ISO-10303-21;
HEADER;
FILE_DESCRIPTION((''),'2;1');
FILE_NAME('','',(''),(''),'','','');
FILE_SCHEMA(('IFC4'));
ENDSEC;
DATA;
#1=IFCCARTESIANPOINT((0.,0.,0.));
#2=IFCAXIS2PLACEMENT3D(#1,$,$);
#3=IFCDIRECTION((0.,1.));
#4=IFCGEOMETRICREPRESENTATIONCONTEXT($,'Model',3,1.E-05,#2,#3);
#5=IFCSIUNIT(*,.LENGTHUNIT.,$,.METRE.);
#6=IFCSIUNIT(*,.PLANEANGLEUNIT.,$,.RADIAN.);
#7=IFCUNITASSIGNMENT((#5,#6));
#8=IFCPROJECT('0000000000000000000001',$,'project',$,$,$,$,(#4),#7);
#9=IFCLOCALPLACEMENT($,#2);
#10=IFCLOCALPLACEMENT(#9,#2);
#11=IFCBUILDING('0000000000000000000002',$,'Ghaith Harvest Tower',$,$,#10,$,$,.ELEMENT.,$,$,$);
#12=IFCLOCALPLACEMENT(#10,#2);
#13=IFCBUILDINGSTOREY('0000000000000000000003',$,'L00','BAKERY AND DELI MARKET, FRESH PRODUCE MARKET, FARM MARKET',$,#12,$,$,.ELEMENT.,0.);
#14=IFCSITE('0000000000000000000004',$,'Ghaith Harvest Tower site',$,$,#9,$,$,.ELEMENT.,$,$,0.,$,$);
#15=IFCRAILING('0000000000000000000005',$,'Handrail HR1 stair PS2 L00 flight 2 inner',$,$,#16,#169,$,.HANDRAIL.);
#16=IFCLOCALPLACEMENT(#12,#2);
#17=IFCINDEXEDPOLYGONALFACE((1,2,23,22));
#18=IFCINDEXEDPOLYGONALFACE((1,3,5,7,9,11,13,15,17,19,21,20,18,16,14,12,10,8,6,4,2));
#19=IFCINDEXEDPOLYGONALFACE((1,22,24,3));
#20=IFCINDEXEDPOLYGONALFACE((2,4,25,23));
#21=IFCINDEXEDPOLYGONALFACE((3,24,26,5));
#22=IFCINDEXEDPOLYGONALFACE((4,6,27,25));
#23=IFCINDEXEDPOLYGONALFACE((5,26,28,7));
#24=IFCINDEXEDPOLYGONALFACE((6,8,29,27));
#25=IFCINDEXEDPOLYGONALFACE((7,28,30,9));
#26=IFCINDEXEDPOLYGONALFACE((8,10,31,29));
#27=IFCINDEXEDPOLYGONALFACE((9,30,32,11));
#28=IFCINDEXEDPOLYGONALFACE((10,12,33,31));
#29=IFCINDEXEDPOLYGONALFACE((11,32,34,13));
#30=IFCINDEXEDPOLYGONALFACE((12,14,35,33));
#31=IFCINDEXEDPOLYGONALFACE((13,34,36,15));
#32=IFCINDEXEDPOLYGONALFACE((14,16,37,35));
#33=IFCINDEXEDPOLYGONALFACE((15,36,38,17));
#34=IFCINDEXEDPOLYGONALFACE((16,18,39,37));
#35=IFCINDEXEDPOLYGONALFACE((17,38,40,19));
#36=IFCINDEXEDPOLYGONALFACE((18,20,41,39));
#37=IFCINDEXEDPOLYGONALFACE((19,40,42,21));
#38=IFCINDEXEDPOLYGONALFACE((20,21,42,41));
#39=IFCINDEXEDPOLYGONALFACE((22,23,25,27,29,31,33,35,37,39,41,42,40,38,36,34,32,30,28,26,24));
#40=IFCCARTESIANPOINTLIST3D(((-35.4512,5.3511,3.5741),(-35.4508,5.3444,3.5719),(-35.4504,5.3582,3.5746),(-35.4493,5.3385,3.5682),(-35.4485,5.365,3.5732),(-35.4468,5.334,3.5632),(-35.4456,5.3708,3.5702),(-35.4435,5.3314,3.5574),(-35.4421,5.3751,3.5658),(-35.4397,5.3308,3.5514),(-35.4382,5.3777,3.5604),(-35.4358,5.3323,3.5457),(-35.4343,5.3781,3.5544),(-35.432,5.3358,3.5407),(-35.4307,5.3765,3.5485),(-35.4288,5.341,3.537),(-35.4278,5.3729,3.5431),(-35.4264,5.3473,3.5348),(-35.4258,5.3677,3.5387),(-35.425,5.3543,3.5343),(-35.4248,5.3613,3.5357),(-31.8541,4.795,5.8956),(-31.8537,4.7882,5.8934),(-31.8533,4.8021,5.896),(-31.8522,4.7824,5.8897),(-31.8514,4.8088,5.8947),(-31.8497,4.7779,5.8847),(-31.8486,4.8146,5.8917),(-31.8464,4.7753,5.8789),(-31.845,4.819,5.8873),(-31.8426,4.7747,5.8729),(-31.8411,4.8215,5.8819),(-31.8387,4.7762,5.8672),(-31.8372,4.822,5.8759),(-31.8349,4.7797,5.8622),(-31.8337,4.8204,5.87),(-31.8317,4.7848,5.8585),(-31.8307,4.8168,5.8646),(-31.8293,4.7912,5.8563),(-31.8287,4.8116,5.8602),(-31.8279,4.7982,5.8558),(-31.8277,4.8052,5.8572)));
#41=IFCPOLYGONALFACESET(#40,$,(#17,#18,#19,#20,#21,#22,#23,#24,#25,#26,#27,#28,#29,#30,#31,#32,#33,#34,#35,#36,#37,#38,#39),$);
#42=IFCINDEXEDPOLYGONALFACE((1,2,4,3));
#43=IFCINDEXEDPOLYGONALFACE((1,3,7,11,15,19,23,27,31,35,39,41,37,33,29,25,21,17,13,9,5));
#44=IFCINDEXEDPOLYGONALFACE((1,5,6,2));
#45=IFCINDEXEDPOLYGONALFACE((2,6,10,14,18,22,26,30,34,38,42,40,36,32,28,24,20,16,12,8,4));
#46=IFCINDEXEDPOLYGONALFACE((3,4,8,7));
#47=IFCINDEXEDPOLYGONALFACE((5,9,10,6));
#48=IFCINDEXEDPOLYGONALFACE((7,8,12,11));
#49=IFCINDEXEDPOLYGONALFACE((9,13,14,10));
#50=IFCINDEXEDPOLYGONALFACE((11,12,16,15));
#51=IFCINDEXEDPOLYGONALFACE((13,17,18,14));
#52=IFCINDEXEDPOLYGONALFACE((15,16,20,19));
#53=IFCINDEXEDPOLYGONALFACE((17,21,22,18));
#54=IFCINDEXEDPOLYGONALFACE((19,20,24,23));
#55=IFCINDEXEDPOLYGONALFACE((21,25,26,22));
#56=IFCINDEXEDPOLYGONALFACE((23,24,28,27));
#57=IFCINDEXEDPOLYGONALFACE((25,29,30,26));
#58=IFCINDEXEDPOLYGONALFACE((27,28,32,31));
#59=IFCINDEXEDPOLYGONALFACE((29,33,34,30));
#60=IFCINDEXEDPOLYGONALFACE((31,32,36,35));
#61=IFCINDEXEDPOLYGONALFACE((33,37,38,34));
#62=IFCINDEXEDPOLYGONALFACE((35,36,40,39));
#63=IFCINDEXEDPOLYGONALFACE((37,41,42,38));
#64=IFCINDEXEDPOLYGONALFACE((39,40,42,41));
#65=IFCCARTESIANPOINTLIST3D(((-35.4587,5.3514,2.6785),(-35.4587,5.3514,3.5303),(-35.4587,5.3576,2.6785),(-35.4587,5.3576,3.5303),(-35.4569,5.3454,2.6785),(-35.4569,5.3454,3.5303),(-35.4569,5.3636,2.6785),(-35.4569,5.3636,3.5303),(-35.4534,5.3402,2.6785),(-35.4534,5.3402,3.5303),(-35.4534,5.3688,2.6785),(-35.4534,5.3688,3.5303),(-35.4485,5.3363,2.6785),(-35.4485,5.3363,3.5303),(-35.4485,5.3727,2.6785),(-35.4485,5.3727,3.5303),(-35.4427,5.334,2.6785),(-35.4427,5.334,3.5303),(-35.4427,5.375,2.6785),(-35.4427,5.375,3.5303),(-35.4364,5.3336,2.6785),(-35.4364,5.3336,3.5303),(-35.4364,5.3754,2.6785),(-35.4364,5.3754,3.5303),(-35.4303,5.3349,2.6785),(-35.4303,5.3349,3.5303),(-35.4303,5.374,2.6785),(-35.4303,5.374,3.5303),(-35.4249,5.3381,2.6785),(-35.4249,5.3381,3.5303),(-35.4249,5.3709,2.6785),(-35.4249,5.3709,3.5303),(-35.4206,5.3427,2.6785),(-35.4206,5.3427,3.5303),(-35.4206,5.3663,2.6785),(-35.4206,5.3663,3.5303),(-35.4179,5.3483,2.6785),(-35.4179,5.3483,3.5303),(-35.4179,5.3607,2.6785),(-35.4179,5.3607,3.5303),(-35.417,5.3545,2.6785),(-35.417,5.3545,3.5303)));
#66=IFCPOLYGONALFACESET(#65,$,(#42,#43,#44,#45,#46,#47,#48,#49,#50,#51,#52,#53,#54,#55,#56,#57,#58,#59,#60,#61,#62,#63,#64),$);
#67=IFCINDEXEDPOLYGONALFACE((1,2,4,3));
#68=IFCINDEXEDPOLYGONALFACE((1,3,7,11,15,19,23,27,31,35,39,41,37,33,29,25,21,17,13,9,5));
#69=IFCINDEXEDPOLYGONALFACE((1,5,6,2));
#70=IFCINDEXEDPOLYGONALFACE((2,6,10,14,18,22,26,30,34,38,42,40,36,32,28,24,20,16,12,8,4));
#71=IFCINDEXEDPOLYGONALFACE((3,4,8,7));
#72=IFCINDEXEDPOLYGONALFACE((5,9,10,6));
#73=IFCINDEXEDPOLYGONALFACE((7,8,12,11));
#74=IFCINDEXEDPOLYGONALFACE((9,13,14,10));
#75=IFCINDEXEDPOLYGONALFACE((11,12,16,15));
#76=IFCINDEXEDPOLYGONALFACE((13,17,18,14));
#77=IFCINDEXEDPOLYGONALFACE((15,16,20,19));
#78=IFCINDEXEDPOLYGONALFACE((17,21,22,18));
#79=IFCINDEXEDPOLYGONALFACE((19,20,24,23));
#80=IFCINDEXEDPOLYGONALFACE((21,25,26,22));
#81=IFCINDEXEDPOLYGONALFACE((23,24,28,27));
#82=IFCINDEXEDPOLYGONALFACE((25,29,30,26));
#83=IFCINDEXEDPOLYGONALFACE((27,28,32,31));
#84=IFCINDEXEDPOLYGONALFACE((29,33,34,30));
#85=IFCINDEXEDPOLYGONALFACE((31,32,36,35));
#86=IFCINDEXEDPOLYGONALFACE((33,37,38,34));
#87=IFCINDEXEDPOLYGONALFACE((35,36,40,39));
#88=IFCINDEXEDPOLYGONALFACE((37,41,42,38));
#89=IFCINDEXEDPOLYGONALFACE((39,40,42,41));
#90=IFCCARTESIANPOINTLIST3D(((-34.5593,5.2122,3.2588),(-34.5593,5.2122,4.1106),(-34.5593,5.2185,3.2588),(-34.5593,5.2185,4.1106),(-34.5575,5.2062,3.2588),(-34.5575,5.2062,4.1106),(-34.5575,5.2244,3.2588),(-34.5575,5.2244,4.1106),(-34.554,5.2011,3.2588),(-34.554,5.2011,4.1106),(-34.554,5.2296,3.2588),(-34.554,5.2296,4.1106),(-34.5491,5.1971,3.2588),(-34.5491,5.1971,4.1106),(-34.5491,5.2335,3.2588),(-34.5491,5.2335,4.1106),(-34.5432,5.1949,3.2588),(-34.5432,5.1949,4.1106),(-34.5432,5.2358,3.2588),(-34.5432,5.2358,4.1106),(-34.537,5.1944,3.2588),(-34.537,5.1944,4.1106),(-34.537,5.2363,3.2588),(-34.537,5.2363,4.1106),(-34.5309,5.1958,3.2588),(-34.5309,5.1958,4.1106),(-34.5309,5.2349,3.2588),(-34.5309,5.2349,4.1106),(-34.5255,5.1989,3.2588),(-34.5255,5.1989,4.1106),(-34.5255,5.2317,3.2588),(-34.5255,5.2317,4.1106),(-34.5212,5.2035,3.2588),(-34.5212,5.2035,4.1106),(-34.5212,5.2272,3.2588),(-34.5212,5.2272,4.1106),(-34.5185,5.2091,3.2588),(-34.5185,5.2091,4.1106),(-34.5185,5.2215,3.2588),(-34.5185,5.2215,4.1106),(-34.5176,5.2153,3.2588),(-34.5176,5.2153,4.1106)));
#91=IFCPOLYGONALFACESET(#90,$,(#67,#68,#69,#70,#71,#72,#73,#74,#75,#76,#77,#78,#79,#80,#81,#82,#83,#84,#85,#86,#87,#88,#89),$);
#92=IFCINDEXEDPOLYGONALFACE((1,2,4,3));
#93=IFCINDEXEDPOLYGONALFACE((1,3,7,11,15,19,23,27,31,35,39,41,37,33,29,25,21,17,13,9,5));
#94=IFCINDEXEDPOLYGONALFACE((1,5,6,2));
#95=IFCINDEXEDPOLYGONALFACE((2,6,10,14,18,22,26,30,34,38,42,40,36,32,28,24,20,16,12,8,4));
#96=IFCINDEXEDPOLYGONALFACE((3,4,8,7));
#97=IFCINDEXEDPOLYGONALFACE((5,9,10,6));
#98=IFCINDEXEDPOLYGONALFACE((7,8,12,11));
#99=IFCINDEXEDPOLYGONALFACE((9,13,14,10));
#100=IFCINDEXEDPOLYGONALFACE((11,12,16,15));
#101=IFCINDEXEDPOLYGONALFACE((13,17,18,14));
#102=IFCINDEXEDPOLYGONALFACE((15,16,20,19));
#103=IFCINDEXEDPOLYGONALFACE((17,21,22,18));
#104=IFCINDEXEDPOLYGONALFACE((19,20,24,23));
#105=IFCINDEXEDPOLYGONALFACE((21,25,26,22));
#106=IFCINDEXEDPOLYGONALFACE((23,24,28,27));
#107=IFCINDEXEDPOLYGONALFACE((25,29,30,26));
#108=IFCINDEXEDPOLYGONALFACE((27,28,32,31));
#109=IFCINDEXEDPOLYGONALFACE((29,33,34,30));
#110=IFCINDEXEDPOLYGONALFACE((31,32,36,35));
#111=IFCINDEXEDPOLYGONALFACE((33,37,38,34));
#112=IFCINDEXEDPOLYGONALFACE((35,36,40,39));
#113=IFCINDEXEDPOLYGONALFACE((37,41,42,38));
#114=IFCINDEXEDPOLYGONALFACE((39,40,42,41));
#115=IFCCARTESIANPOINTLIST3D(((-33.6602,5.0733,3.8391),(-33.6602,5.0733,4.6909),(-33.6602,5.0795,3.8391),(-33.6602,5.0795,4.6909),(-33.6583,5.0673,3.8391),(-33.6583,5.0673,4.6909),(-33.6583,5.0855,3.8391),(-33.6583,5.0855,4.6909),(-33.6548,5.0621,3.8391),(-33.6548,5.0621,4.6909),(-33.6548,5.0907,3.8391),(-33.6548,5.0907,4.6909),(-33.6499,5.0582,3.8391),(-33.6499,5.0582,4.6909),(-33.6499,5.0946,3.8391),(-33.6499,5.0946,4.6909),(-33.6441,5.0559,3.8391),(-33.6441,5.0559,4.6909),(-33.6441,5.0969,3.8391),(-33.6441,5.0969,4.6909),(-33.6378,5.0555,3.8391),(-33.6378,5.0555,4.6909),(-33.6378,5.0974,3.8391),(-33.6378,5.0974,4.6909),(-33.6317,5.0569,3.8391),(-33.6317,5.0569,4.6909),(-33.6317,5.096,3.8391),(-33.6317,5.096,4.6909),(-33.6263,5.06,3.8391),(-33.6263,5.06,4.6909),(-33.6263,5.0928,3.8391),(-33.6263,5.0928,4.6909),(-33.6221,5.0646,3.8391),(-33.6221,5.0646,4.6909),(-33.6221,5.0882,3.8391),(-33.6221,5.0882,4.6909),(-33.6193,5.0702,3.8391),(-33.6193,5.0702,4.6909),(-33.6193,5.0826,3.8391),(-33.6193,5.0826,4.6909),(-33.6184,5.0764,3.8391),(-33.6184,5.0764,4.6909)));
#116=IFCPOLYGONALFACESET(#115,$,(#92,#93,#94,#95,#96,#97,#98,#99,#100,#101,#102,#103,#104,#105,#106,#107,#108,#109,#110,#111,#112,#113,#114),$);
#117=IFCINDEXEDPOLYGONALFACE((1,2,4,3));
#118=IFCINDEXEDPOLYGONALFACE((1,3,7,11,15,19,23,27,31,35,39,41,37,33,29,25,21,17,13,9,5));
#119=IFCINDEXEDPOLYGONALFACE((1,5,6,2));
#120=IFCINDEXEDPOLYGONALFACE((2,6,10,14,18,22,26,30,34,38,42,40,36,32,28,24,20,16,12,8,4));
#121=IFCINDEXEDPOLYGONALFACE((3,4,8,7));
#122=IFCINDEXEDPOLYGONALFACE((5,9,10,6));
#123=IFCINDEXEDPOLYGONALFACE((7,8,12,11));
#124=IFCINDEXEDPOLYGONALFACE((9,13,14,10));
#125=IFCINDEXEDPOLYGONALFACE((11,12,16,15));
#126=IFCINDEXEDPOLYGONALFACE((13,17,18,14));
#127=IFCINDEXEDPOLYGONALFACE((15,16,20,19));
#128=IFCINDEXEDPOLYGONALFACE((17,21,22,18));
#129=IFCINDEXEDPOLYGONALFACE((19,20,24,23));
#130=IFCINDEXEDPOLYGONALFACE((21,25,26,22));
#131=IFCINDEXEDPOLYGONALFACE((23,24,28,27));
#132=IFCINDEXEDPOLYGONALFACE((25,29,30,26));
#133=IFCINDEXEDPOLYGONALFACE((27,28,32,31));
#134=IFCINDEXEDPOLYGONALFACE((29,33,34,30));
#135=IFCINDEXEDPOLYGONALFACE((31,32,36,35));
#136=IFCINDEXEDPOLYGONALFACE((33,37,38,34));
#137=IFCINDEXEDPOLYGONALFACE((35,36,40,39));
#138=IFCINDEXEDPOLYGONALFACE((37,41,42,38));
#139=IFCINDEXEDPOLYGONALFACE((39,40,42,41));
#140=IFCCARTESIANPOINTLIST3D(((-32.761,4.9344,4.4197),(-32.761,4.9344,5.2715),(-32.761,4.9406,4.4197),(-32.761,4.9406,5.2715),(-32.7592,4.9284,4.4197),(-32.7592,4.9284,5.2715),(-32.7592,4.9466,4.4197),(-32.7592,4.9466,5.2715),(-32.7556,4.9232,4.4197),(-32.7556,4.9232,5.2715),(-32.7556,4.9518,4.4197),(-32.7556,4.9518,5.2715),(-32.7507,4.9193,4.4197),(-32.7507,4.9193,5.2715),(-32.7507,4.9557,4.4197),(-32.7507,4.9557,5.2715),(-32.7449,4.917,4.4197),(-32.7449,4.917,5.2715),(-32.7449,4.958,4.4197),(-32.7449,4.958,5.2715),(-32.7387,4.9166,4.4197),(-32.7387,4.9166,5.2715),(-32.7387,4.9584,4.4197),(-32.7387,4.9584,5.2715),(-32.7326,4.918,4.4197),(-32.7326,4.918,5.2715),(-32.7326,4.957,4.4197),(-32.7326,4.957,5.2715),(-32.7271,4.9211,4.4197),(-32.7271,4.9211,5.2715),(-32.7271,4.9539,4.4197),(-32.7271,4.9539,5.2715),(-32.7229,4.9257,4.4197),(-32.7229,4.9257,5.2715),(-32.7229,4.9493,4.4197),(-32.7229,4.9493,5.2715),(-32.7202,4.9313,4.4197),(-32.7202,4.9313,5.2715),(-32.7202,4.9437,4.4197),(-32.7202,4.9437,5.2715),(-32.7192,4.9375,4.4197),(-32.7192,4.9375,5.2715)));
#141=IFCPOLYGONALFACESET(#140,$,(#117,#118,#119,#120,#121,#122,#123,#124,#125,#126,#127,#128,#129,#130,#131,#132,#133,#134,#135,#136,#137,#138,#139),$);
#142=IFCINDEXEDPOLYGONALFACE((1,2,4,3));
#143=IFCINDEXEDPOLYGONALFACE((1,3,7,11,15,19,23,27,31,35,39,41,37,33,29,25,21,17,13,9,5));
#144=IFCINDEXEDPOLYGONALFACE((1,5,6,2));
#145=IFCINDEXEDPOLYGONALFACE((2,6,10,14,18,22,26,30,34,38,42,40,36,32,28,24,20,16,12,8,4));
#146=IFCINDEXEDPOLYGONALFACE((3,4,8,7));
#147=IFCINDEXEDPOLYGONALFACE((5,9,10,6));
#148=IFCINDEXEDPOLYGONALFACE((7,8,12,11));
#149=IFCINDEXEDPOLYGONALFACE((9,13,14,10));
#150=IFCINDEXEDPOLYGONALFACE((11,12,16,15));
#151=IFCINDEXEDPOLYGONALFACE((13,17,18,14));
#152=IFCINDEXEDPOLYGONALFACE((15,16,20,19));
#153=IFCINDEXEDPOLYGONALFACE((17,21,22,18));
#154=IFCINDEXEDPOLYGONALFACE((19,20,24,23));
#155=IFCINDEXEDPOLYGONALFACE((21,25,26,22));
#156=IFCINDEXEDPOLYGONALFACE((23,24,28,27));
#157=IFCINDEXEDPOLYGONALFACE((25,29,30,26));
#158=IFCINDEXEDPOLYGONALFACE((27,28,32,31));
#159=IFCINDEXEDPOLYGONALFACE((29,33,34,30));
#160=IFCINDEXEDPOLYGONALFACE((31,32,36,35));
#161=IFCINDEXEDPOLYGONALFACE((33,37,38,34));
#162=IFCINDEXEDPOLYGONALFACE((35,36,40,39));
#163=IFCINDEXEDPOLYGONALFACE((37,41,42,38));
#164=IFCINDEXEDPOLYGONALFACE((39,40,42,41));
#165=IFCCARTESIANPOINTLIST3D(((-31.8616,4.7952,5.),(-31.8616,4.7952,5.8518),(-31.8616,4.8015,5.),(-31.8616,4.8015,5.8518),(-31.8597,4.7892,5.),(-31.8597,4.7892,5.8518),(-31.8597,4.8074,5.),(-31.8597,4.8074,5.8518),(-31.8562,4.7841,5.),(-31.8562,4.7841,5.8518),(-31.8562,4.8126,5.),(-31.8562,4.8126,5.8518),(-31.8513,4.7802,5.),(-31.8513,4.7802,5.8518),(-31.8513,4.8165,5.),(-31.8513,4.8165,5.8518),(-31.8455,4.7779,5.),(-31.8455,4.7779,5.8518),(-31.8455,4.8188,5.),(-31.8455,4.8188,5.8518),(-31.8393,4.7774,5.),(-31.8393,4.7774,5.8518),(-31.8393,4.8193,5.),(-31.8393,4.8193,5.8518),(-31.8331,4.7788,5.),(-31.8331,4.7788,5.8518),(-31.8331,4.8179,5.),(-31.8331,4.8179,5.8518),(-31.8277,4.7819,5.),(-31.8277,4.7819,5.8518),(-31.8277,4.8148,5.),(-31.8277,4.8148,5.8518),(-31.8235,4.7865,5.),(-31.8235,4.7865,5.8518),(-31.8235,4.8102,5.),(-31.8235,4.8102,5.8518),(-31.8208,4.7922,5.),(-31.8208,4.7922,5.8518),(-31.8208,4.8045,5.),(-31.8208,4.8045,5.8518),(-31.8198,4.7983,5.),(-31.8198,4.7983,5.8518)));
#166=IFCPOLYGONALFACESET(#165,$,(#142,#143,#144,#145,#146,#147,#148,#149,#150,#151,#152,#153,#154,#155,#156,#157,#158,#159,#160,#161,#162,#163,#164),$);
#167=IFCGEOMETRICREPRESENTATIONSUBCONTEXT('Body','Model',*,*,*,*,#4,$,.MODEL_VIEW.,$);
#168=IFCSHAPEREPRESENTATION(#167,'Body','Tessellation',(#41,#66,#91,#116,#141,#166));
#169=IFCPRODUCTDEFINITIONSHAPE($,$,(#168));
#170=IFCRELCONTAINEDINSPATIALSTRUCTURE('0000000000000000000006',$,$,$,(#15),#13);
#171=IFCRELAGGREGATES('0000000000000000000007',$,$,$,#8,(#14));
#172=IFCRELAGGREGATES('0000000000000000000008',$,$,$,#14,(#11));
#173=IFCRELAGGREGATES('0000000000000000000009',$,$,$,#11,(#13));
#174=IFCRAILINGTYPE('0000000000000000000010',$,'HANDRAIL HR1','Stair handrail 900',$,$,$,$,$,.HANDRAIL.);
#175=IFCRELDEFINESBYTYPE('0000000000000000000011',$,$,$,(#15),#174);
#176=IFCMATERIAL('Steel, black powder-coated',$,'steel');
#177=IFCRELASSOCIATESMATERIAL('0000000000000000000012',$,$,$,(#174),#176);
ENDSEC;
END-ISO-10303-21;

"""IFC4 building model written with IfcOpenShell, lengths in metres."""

from ifc_helpers import new_model, si_unit, direction, frame, origin, origin_2d, place, context, subcontext, project, spatial, circle, extrude, material, type_object, element, save


model = new_model("IFC4")

# Units and contexts
model_context = context("Model", 3, precision=1e-05, world=origin(), true_north=direction((0.0, 1.0)))
body_context = subcontext(model_context, "Body", "Model", "MODEL_VIEW")
ifc_project = project(units=[si_unit("LENGTHUNIT", "METRE"), si_unit("PLANEANGLEUNIT", "RADIAN")], contexts=[model_context])

# Site, building, storey
site_placement = place(None, origin())
site = spatial("IfcSite", under=ifc_project, at=site_placement, Name="Ghaith Harvest Tower site", CompositionType="ELEMENT", RefElevation=0.0)
building_placement = place(site_placement, origin())
building = spatial("IfcBuilding", under=site, at=building_placement, Name="Ghaith Harvest Tower", CompositionType="ELEMENT")
storey_placement = place(building_placement, origin())
storey = spatial("IfcBuildingStorey", under=building, at=storey_placement, Name="L00", Description="BAKERY AND DELI MARKET, FRESH PRODUCE MARKET, FARM MARKET", CompositionType="ELEMENT", Elevation=0.0)

# Railing
ifc_material_1 = material(Name="Steel, black powder-coated", Category="steel")
railing_type = type_object("IfcRailingType", Name="HANDRAIL HR1", Description="Stair handrail 900", PredefinedType="HANDRAIL", material=ifc_material_1)
railing_1_placement = place(storey_placement, frame((-35.438, 5.3545, 2.6785)))
element("IfcRailing", 1, at=railing_1_placement, inside=storey, type_object=railing_type, Name="Handrail HR1 stair PS2 L00 flight 2 inner", PredefinedType="HANDRAIL", context=body_context, shape_type="SweptSolid", body=[
    extrude(circle(Radius=0.0239, at=origin_2d()), frame((0.0, 0.0, 0.876), z_axis=(0.833213, -0.128822, 0.537737), x_axis=(0.152793, 0.988258, 0.0)), (0.0, 0.0, 1.0), 4.3171),
    extrude(circle(Radius=0.021, at=origin_2d()), origin(), (0.0, 0.0, 1.0), 0.8518),
    extrude(circle(Radius=0.021, at=origin_2d()), frame((0.8994, -0.1392, 0.5803)), (0.0, 0.0, 1.0), 0.8518),
    extrude(circle(Radius=0.021, at=origin_2d()), frame((1.7986, -0.2781, 1.1606)), (0.0, 0.0, 1.0), 0.8518),
    extrude(circle(Radius=0.021, at=origin_2d()), frame((2.6978, -0.417, 1.7412)), (0.0, 0.0, 1.0), 0.8518),
    extrude(circle(Radius=0.021, at=origin_2d()), frame((3.5972, -0.5562, 2.3215)), (0.0, 0.0, 1.0), 0.8518),
])

save(model, "model.ifc")
